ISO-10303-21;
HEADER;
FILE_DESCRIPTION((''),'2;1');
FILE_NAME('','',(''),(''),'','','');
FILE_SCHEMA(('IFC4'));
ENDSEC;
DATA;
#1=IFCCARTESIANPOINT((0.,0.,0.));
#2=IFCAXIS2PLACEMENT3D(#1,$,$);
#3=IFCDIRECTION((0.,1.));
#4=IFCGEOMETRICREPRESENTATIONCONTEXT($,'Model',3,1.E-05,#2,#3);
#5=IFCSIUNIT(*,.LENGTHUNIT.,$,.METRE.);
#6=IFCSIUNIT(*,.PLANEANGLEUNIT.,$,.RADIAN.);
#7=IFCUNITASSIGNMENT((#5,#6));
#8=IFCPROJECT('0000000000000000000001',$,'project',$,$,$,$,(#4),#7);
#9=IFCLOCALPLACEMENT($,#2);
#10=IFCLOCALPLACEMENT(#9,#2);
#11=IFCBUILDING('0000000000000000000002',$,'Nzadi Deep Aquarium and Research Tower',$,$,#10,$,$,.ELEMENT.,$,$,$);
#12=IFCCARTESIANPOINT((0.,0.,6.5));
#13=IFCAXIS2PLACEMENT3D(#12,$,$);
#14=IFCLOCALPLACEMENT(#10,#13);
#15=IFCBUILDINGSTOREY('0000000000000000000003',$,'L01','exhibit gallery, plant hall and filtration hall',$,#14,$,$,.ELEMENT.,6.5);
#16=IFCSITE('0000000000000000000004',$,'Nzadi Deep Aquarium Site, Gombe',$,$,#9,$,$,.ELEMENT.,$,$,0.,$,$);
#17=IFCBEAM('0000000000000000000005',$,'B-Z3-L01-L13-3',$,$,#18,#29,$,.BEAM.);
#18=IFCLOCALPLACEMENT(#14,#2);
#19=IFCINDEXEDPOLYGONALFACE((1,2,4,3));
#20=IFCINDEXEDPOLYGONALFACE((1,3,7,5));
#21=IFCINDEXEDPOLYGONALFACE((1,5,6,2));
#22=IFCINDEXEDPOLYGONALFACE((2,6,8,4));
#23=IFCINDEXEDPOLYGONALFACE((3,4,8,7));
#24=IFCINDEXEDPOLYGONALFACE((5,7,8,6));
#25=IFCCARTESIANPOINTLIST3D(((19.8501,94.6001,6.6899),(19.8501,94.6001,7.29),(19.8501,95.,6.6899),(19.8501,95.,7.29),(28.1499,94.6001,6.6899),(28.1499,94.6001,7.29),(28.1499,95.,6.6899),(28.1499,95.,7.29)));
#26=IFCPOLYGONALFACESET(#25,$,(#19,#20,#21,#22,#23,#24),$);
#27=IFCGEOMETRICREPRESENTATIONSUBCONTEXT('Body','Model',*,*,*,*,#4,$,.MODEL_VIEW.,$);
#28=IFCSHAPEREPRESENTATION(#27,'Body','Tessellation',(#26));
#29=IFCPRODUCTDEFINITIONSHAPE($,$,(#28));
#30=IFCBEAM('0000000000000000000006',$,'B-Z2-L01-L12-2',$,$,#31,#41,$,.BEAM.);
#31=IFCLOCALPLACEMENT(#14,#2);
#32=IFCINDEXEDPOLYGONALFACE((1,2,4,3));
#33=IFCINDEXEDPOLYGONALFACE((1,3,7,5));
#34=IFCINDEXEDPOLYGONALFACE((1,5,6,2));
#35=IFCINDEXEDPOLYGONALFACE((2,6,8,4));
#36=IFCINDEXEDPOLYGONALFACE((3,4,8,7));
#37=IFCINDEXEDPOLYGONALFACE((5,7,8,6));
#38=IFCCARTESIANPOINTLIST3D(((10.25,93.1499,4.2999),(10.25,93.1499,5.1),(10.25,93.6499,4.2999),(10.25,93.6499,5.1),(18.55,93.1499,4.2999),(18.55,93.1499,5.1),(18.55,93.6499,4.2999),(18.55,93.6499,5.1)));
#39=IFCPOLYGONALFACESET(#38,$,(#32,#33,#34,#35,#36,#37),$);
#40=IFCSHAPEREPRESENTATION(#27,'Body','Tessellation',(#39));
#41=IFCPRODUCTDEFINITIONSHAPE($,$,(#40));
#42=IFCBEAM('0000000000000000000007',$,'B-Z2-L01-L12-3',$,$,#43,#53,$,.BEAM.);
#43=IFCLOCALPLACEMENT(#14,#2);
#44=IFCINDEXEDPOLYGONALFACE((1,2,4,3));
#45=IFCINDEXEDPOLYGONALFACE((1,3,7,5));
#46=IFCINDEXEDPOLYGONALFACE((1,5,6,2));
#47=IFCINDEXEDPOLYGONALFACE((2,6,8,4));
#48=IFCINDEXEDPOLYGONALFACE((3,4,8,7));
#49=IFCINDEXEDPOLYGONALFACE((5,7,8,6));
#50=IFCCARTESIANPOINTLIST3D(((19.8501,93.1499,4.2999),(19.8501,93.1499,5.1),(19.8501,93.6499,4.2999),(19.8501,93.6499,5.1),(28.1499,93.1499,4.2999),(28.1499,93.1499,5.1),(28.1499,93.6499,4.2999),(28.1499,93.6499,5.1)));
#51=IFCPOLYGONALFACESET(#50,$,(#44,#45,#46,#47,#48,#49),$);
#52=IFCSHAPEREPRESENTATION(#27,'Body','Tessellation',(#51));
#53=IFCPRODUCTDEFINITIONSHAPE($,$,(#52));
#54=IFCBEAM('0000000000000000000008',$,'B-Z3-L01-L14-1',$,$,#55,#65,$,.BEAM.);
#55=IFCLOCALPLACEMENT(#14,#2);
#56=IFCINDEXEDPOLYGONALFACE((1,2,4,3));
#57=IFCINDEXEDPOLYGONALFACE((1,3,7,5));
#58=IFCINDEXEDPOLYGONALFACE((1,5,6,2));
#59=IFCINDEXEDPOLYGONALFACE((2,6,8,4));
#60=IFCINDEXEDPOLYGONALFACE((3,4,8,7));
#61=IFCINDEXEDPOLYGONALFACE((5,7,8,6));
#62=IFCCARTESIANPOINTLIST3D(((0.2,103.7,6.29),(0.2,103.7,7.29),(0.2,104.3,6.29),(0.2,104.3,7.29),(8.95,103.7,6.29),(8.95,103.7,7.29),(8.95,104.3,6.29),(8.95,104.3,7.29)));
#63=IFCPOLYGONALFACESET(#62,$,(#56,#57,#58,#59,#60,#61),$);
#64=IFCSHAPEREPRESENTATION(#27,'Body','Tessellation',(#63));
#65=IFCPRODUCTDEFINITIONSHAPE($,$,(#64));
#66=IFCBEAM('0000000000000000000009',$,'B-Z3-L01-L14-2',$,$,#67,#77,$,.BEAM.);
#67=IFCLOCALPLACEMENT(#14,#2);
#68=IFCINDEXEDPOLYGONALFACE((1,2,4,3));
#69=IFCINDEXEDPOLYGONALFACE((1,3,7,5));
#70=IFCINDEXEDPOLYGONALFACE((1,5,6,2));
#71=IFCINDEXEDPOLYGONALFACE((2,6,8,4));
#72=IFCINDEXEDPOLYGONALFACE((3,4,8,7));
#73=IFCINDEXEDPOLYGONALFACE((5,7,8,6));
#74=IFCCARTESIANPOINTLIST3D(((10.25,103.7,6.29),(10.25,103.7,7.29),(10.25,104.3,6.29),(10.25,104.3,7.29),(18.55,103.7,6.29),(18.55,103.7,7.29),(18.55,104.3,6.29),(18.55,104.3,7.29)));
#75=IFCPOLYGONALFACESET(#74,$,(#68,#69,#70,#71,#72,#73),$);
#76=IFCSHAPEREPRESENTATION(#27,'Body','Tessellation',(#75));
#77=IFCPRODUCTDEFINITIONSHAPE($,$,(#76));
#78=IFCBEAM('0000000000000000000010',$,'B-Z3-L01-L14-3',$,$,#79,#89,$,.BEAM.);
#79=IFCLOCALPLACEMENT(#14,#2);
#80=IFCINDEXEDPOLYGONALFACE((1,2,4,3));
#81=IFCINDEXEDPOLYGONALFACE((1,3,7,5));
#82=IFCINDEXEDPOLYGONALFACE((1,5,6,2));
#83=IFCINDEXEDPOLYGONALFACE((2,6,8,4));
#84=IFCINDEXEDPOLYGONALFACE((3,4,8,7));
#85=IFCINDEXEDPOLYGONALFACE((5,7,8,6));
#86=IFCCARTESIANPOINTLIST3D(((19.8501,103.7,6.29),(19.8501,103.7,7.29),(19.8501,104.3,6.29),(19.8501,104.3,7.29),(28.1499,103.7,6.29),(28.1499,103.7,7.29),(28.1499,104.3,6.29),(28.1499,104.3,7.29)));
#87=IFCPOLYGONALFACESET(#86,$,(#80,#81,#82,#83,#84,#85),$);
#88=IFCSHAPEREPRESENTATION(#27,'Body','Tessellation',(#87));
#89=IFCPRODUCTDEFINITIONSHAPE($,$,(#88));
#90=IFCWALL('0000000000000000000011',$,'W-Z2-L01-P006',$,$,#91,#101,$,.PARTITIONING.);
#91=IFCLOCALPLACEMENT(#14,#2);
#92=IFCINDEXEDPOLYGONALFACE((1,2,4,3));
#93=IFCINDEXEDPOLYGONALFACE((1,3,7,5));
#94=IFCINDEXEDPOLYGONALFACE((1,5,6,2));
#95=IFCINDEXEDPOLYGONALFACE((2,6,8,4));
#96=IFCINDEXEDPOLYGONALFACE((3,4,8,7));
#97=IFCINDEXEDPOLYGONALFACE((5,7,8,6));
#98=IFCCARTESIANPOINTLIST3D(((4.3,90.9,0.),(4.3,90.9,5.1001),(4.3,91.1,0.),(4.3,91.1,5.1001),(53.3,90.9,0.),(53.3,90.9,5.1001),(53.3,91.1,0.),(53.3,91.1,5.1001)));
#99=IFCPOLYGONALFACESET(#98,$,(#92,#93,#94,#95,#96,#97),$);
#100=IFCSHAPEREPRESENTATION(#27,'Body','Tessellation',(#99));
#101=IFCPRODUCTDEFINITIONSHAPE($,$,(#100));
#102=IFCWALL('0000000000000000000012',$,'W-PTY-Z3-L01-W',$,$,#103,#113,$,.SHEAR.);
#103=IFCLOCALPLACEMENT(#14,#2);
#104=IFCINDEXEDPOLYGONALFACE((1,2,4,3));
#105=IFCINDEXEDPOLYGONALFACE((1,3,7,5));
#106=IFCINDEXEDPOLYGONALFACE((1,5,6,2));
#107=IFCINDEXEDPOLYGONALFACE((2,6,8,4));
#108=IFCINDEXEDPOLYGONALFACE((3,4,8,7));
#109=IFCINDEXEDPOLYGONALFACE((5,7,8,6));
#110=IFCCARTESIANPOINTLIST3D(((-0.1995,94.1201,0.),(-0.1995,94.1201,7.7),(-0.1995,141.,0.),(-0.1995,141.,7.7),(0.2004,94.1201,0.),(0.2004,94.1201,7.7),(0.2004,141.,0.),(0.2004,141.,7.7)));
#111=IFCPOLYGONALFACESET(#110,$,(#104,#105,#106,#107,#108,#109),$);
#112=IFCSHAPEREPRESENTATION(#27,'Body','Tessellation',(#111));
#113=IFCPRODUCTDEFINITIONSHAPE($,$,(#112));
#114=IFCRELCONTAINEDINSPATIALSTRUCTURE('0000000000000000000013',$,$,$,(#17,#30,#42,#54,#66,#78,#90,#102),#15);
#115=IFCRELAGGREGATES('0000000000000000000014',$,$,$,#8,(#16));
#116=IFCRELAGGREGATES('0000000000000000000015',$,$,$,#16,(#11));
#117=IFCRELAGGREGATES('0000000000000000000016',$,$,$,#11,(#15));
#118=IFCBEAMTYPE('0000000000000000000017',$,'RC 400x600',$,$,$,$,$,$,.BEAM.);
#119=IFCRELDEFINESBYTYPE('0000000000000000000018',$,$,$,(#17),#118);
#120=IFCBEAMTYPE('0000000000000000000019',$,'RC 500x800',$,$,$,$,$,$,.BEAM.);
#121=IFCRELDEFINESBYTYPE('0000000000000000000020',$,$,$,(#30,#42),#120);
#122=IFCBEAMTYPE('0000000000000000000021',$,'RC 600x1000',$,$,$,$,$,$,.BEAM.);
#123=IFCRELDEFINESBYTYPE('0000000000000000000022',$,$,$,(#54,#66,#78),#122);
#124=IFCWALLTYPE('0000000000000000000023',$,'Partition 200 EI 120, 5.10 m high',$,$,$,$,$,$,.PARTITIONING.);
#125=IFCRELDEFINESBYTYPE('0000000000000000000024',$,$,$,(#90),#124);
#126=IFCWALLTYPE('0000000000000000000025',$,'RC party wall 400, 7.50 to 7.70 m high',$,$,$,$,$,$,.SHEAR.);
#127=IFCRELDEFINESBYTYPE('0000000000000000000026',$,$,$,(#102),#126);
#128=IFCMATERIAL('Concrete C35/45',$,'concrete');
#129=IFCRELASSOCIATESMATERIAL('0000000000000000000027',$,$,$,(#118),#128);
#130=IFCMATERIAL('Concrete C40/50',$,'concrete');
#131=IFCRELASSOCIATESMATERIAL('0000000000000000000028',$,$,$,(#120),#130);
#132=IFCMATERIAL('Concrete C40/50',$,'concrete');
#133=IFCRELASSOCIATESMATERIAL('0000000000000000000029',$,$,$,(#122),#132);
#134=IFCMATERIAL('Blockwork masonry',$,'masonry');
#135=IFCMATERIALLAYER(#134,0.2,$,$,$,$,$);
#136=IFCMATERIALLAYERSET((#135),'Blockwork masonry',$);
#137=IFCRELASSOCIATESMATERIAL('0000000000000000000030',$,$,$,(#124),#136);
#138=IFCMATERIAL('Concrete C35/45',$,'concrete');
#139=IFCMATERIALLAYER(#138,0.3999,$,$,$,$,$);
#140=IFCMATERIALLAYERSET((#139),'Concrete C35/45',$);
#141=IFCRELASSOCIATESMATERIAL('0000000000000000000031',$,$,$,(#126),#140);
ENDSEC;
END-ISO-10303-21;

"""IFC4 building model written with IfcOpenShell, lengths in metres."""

from ifc_helpers import new_model, si_unit, direction, frame, frame_2d, origin, origin_2d, place, context, subcontext, project, spatial, rectangle, extrude, material, layer, layer_set, material_profile, profile_set, type_object, element, save


model = new_model("IFC4")

# Units and contexts
model_context = context("Model", 3, precision=1e-05, world=origin(), true_north=direction((0.0, 1.0)))
body_context = subcontext(model_context, "Body", "Model", "MODEL_VIEW")
ifc_project = project(units=[si_unit("LENGTHUNIT", "METRE"), si_unit("PLANEANGLEUNIT", "RADIAN")], contexts=[model_context])

# Site, building, storey
site_placement = place(None, origin())
site = spatial("IfcSite", under=ifc_project, at=site_placement, Name="Nzadi Deep Aquarium Site, Gombe", CompositionType="ELEMENT", RefElevation=0.0)
building_placement = place(site_placement, origin())
building = spatial("IfcBuilding", under=site, at=building_placement, Name="Nzadi Deep Aquarium and Research Tower", CompositionType="ELEMENT")
storey_placement = place(building_placement, frame((0.0, 0.0, 6.5)))
storey = spatial("IfcBuildingStorey", under=building, at=storey_placement, Name="L01", Description="exhibit gallery, plant hall and filtration hall", CompositionType="ELEMENT", Elevation=6.5)

# Beams
ifc_material_1 = material(Name="Concrete C35/45", Category="concrete")
ifc_material_profile_1 = material_profile(ifc_material_1, rectangle(XDim=0.3999, YDim=0.6001, at=origin_2d()))
ifc_profile_set_1 = profile_set([ifc_material_profile_1], Name="Concrete C35/45")
beam_type_1 = type_object("IfcBeamType", Name="RC 400x600", PredefinedType="BEAM", material=ifc_profile_set_1)
beam_1_placement = place(storey_placement, frame((19.8501, 94.8, 6.99), z_axis=(1.0, 0.0, 0.0), x_axis=(0.0, 1.0, 0.0)))
element("IfcBeam", 1, at=beam_1_placement, inside=storey, type_object=beam_type_1, Name="B-Z3-L01-L13-3", PredefinedType="BEAM", context=body_context, shape_type="SweptSolid", body=[
    extrude(rectangle(XDim=0.3999, YDim=0.6001, at=origin_2d()), origin(), (0.0, 0.0, 1.0), 8.2998),
])
ifc_material_2 = material(Name="Concrete C40/50", Category="concrete")
ifc_material_profile_2 = material_profile(ifc_material_2, rectangle(XDim=0.5, YDim=0.8, at=origin_2d()))
ifc_profile_set_2 = profile_set([ifc_material_profile_2], Name="Concrete C40/50")
beam_type_2 = type_object("IfcBeamType", Name="RC 500x800", PredefinedType="BEAM", material=ifc_profile_set_2)
beam_2_placement = place(storey_placement, frame((10.25, 93.3999, 4.7), z_axis=(1.0, 0.0, 0.0), x_axis=(0.0, 1.0, 0.0)))
element("IfcBeam", 2, at=beam_2_placement, inside=storey, type_object=beam_type_2, Name="B-Z2-L01-L12-2", PredefinedType="BEAM", context=body_context, shape_type="SweptSolid", body=[
    extrude(rectangle(XDim=0.5, YDim=0.8, at=origin_2d()), origin(), (0.0, 0.0, 1.0), 8.3),
])
beam_3_placement = place(storey_placement, frame((19.8501, 93.3999, 4.7), z_axis=(1.0, 0.0, 0.0), x_axis=(0.0, 1.0, 0.0)))
element("IfcBeam", 3, at=beam_3_placement, inside=storey, type_object=beam_type_2, Name="B-Z2-L01-L12-3", PredefinedType="BEAM", context=body_context, shape_type="SweptSolid", body=[
    extrude(rectangle(XDim=0.5, YDim=0.8, at=origin_2d()), origin(), (0.0, 0.0, 1.0), 8.2998),
])
ifc_material_3 = material(Name="Concrete C40/50", Category="concrete")
ifc_material_profile_3 = material_profile(ifc_material_3, rectangle(XDim=0.6001, YDim=1.0, at=origin_2d()))
ifc_profile_set_3 = profile_set([ifc_material_profile_3], Name="Concrete C40/50")
beam_type_3 = type_object("IfcBeamType", Name="RC 600x1000", PredefinedType="BEAM", material=ifc_profile_set_3)
beam_4_placement = place(storey_placement, frame((0.2, 104.0, 6.79), z_axis=(1.0, 0.0, 0.0), x_axis=(0.0, 1.0, 0.0)))
element("IfcBeam", 4, at=beam_4_placement, inside=storey, type_object=beam_type_3, Name="B-Z3-L01-L14-1", PredefinedType="BEAM", context=body_context, shape_type="SweptSolid", body=[
    extrude(rectangle(XDim=0.6001, YDim=1.0, at=origin_2d()), origin(), (0.0, 0.0, 1.0), 8.75),
])
beam_5_placement = place(storey_placement, frame((10.25, 104.0, 6.79), z_axis=(1.0, 0.0, 0.0), x_axis=(0.0, 1.0, 0.0)))
element("IfcBeam", 5, at=beam_5_placement, inside=storey, type_object=beam_type_3, Name="B-Z3-L01-L14-2", PredefinedType="BEAM", context=body_context, shape_type="SweptSolid", body=[
    extrude(rectangle(XDim=0.6001, YDim=1.0, at=origin_2d()), origin(), (0.0, 0.0, 1.0), 8.3),
])
beam_6_placement = place(storey_placement, frame((19.8501, 104.0, 6.79), z_axis=(1.0, 0.0, 0.0), x_axis=(0.0, 1.0, 0.0)))
element("IfcBeam", 6, at=beam_6_placement, inside=storey, type_object=beam_type_3, Name="B-Z3-L01-L14-3", PredefinedType="BEAM", context=body_context, shape_type="SweptSolid", body=[
    extrude(rectangle(XDim=0.6001, YDim=1.0, at=origin_2d()), origin(), (0.0, 0.0, 1.0), 8.2998),
])

# Walls
ifc_material_4 = material(Name="Blockwork masonry", Category="masonry")
ifc_layer_1 = layer(ifc_material_4, 0.2)
ifc_layer_set_1 = layer_set([ifc_layer_1], Name="Blockwork masonry")
wall_type_1 = type_object("IfcWallType", Name="Partition 200 EI 120, 5.10 m high", PredefinedType="PARTITIONING", material=ifc_layer_set_1)
wall_1_placement = place(storey_placement, frame((4.3, 91.0, 0.0), z_axis=(0.0, 0.0, 1.0), x_axis=(1.0, 0.0, 0.0)))
element("IfcWall", 7, at=wall_1_placement, inside=storey, type_object=wall_type_1, Name="W-Z2-L01-P006", PredefinedType="PARTITIONING", context=body_context, shape_type="SweptSolid", body=[
    extrude(rectangle(XDim=49.0, YDim=0.2, at=frame_2d((24.5, 0.0))), origin(), (0.0, 0.0, 1.0), 5.1001),
])
ifc_material_5 = material(Name="Concrete C35/45", Category="concrete")
ifc_layer_2 = layer(ifc_material_5, 0.3999)
ifc_layer_set_2 = layer_set([ifc_layer_2], Name="Concrete C35/45")
wall_type_2 = type_object("IfcWallType", Name="RC party wall 400, 7.50 to 7.70 m high", PredefinedType="SHEAR", material=ifc_layer_set_2)
wall_2_placement = place(storey_placement, frame((0.0005, 94.1201, 0.0), z_axis=(0.0, 0.0, 1.0), x_axis=(0.0, 1.0, 0.0)))
element("IfcWall", 8, at=wall_2_placement, inside=storey, type_object=wall_type_2, Name="W-PTY-Z3-L01-W", PredefinedType="SHEAR", context=body_context, shape_type="SweptSolid", body=[
    extrude(rectangle(XDim=46.8799, YDim=0.3999, at=frame_2d((23.4399, 0.0))), origin(), (0.0, 0.0, 1.0), 7.7),
])

save(model, "model.ifc")
